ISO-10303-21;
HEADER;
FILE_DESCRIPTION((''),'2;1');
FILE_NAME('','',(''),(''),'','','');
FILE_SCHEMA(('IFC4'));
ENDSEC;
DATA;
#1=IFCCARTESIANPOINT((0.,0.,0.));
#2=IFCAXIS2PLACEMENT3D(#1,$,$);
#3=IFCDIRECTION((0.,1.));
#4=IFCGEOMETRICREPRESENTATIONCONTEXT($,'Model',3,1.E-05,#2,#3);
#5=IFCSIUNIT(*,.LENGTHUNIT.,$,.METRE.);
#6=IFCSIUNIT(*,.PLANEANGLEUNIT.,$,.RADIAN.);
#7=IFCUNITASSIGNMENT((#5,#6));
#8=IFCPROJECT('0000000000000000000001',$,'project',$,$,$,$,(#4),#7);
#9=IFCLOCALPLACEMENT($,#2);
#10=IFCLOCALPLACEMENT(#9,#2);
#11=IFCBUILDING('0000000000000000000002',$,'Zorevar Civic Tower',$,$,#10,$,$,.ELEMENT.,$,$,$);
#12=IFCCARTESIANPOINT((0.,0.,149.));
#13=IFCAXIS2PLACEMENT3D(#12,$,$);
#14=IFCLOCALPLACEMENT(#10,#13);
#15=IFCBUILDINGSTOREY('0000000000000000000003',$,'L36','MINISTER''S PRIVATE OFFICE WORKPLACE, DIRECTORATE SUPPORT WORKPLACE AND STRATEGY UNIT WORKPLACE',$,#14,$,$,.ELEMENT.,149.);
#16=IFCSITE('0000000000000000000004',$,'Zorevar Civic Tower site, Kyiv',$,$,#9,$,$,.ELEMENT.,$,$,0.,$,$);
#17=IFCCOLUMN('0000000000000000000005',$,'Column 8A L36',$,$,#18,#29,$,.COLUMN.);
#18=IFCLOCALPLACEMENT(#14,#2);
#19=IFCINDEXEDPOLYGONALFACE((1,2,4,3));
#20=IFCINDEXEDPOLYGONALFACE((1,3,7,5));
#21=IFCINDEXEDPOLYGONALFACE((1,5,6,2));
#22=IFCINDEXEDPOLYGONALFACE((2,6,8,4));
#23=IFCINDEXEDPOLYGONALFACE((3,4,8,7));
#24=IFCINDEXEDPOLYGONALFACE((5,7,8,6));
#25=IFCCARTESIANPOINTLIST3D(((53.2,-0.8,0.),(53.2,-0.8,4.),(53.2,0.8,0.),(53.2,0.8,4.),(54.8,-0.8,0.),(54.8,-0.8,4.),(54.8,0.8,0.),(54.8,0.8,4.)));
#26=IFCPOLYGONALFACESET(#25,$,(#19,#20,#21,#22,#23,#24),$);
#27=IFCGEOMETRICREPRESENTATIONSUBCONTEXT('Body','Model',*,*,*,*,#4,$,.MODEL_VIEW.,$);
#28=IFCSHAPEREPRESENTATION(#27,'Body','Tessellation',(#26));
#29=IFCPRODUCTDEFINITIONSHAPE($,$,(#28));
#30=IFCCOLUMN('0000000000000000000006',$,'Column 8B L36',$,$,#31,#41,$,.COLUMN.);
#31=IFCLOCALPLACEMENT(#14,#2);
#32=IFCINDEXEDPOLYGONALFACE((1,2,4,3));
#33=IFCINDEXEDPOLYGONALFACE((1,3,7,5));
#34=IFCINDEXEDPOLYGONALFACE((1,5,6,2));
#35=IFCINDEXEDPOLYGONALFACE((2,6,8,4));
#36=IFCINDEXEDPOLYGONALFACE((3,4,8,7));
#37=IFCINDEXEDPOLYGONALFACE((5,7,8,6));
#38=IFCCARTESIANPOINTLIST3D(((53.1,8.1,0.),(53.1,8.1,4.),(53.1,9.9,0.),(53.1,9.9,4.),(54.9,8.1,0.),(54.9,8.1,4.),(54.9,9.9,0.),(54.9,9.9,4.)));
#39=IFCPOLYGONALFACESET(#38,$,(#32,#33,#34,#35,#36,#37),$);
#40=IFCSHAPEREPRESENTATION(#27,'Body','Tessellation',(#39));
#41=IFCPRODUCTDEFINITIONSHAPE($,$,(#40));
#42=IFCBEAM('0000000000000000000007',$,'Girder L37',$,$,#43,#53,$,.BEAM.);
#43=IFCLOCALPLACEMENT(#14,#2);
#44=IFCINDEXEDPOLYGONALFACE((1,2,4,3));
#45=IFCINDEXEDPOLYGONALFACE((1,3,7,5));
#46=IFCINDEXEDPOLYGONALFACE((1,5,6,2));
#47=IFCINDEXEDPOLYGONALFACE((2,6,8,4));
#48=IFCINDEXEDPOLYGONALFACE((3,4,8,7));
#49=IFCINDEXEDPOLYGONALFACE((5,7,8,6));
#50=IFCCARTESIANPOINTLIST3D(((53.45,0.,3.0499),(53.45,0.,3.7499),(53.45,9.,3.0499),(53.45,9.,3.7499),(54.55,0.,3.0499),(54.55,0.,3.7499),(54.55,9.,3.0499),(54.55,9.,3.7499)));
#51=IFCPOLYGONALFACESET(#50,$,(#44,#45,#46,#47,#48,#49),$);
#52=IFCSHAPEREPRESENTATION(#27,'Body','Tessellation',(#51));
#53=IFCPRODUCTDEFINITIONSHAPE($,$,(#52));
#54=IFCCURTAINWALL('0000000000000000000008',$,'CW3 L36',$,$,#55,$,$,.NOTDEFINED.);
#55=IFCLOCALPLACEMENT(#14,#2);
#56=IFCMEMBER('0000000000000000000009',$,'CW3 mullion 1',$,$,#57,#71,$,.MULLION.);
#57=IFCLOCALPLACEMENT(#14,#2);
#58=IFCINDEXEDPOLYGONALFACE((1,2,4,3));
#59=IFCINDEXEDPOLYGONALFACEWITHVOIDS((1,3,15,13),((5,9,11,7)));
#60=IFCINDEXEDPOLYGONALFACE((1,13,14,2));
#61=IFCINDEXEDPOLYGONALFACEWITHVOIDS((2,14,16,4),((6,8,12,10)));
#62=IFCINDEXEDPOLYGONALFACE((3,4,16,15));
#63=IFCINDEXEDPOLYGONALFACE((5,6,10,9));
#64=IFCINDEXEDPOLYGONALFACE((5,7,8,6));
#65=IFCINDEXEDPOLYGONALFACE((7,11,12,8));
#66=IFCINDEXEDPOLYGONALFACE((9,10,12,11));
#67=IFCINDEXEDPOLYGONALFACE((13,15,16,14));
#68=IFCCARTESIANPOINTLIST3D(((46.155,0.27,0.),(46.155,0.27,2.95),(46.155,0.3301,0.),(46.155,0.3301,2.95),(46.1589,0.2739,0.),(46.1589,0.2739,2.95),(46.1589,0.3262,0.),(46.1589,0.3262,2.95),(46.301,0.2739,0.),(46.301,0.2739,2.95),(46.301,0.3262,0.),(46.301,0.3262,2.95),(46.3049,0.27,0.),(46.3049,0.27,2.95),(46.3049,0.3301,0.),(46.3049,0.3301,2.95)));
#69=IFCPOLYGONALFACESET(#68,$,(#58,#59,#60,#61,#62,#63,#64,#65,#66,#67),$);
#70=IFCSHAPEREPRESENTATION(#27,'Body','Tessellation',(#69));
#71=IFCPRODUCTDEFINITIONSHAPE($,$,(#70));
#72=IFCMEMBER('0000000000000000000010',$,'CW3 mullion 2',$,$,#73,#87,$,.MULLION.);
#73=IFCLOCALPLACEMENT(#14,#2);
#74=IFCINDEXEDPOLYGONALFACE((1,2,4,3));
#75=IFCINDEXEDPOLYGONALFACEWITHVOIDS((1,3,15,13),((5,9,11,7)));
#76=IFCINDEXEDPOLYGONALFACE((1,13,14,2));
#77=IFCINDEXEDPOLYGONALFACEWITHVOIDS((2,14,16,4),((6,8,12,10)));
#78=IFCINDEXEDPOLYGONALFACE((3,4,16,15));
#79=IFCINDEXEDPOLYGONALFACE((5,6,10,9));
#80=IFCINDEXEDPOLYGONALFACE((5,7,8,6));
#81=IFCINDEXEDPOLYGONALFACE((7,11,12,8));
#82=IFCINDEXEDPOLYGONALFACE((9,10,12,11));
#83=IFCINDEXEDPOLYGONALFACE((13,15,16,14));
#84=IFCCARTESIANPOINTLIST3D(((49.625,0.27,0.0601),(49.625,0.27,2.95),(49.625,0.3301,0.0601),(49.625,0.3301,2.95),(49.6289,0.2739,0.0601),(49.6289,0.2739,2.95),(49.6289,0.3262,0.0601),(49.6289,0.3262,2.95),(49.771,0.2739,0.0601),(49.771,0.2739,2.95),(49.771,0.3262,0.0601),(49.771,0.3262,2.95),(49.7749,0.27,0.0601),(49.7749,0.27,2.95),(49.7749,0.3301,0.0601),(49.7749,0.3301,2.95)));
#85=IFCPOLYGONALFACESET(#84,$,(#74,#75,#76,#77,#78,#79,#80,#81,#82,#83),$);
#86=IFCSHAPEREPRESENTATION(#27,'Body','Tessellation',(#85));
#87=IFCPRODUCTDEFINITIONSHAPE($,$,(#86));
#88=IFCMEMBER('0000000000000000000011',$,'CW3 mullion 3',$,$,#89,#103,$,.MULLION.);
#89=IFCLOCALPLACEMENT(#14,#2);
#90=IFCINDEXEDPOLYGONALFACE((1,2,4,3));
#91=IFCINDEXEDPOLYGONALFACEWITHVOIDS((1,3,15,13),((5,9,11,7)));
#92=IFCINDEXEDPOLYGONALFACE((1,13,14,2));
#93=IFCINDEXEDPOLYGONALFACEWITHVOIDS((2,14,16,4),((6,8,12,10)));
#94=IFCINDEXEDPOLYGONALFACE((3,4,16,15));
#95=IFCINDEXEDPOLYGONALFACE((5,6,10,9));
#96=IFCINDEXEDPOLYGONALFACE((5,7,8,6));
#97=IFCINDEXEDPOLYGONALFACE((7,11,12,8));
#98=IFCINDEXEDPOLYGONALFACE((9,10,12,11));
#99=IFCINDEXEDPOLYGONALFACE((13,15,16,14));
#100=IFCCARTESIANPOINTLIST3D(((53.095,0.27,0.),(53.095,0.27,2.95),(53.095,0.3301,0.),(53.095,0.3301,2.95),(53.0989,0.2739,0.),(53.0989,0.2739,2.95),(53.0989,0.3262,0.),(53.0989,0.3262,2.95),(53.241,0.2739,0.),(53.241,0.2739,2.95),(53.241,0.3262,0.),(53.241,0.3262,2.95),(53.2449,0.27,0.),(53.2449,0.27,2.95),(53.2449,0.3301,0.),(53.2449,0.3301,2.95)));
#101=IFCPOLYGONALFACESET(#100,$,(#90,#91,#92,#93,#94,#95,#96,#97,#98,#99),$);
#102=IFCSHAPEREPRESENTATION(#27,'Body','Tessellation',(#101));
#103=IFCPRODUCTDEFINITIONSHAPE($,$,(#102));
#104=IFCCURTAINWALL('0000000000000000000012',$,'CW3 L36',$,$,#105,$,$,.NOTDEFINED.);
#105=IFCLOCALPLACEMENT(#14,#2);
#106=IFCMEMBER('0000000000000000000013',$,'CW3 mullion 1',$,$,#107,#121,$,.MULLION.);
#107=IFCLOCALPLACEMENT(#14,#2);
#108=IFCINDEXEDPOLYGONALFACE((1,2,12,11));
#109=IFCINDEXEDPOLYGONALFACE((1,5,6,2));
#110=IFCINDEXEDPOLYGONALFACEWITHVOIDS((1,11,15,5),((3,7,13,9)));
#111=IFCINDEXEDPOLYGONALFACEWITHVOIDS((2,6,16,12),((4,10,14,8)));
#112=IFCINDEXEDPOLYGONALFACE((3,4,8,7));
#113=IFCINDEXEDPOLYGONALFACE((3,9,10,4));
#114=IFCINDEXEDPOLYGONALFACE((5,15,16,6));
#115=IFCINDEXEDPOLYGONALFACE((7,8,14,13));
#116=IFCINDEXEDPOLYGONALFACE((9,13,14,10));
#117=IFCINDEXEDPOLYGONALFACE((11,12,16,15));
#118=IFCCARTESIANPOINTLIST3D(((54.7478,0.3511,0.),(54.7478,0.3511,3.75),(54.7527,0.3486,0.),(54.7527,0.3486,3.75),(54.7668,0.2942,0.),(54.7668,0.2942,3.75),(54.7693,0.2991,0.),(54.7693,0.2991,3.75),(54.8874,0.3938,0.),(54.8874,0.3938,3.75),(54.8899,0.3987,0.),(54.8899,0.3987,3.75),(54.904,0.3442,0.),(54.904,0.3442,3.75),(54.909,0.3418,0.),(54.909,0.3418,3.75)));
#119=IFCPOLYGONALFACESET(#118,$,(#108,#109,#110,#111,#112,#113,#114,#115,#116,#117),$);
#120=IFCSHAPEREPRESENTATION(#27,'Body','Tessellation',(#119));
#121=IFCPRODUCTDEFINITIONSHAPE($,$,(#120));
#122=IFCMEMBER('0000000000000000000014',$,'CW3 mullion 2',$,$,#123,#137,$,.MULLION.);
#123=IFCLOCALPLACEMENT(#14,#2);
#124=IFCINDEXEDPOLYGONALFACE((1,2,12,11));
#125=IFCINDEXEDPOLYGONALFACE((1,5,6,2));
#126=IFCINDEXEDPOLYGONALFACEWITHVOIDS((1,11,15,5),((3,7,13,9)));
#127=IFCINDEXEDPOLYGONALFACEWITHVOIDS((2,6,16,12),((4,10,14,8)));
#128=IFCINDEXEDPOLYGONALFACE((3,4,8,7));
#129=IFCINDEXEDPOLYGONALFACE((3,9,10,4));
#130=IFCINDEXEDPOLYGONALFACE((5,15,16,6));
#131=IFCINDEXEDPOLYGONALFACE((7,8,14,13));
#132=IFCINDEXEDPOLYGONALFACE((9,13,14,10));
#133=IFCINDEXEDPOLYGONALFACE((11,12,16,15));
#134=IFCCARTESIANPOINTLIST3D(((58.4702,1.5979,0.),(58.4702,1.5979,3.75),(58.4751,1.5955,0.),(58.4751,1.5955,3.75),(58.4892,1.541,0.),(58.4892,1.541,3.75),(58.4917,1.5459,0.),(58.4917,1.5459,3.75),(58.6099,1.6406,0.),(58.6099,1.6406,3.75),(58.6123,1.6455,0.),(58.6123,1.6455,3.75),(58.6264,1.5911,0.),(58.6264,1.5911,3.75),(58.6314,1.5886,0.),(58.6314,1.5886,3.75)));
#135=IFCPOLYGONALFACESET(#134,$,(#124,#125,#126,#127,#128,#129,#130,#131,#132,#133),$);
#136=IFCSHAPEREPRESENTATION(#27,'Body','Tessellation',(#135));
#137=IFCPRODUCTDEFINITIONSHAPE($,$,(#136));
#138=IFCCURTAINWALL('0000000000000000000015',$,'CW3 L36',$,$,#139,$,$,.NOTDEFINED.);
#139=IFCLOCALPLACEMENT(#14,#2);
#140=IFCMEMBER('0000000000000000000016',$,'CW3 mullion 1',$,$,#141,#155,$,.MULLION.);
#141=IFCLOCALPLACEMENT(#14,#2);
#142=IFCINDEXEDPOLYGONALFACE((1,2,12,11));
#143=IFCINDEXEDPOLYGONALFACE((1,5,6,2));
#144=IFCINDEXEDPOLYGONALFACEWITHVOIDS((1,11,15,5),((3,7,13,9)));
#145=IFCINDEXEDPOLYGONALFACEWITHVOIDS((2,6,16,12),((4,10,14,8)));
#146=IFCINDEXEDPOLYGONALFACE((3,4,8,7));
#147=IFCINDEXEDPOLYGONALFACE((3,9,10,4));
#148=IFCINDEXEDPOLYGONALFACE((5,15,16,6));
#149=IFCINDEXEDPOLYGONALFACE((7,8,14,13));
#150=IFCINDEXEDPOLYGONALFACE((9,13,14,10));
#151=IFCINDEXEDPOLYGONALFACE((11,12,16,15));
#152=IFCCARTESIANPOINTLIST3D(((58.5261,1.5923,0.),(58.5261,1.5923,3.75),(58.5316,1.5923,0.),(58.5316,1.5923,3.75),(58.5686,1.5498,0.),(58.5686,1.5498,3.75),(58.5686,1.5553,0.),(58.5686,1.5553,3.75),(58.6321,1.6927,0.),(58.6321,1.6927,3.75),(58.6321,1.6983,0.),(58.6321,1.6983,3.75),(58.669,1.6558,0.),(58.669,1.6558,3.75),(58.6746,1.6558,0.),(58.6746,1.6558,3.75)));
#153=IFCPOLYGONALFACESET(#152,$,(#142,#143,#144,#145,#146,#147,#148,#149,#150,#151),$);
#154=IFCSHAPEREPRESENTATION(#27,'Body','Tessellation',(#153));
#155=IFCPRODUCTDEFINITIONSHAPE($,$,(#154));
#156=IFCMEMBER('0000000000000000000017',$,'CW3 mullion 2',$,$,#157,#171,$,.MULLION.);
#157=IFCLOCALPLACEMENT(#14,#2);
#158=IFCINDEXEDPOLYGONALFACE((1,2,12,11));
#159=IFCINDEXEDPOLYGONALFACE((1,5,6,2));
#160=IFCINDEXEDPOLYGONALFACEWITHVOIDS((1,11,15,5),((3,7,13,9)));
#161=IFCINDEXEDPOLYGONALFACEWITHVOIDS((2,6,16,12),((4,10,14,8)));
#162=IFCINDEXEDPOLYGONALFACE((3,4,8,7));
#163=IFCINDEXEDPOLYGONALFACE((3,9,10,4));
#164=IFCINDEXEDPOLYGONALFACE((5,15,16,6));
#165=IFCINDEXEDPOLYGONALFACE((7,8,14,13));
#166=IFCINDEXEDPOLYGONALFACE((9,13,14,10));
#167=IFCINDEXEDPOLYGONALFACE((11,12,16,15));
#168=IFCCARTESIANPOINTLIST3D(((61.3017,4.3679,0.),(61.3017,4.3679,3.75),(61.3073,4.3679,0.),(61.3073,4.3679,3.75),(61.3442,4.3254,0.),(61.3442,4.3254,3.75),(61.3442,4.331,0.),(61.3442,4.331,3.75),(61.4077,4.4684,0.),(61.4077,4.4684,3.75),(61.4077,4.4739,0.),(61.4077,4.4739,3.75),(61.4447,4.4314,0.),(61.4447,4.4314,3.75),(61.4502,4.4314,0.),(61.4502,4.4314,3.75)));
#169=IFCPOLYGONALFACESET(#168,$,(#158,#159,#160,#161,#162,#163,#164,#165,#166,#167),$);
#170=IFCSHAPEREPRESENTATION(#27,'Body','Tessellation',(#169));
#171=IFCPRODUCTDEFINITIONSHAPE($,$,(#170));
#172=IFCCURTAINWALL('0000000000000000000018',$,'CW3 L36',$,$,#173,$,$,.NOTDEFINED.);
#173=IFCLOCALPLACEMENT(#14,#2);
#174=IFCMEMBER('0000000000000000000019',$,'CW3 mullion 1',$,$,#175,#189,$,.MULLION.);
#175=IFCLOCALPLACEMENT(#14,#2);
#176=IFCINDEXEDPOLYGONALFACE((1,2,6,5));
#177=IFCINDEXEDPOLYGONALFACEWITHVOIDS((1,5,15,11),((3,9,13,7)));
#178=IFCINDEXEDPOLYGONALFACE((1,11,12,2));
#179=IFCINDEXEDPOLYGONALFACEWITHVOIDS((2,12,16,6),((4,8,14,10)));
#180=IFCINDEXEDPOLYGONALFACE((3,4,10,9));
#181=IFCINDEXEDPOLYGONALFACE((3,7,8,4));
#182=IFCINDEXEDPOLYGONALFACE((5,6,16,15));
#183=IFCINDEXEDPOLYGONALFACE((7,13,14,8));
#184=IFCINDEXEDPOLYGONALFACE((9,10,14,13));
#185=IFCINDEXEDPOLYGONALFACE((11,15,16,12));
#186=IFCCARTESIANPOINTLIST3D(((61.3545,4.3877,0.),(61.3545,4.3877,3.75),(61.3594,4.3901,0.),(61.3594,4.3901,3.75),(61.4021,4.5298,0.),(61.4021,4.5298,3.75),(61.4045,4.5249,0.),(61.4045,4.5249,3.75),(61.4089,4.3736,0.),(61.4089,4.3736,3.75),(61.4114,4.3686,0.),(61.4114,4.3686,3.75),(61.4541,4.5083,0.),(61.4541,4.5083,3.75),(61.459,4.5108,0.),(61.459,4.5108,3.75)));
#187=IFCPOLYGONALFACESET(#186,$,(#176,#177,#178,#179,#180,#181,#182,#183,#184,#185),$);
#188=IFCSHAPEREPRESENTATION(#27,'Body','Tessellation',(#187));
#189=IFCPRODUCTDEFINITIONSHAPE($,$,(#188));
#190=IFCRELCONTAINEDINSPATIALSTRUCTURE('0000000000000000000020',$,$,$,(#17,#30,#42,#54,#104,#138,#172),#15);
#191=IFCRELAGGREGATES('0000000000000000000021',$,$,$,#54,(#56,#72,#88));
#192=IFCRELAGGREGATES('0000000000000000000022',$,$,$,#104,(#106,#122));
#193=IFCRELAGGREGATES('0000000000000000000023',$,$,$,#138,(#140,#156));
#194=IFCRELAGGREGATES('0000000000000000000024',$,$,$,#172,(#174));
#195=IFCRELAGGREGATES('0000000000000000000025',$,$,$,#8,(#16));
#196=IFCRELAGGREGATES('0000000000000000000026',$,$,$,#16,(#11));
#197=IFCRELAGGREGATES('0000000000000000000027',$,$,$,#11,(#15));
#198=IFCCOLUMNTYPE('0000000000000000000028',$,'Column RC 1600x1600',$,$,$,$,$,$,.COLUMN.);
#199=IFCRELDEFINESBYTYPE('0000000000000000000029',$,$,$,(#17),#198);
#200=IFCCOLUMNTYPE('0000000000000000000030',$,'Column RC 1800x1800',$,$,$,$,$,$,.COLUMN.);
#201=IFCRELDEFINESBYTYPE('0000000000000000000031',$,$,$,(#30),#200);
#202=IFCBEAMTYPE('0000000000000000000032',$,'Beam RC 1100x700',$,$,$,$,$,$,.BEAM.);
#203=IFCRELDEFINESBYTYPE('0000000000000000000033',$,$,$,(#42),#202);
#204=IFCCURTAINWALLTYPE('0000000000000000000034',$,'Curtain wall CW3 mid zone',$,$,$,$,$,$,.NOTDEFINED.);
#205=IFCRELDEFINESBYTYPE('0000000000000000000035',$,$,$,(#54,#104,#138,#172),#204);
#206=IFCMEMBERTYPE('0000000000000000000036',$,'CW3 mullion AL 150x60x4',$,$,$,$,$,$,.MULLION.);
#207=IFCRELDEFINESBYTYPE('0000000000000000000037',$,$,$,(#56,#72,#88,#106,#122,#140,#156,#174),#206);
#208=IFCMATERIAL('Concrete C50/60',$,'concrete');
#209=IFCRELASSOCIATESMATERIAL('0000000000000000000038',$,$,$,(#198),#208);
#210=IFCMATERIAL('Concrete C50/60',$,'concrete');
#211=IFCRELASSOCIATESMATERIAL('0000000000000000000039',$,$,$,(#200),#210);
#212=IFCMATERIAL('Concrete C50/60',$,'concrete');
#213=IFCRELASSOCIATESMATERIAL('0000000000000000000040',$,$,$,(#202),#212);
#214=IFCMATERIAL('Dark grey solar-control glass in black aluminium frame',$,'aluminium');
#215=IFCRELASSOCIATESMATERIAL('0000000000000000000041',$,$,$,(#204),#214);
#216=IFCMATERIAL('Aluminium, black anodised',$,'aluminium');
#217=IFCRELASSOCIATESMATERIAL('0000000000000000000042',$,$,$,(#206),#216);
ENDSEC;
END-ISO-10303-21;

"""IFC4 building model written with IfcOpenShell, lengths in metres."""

from ifc_helpers import new_model, si_unit, direction, frame, origin, origin_2d, place, context, subcontext, project, spatial, rectangle, hollow_rectangle, extrude, material, material_profile, profile_set, type_object, element, aggregate, save


model = new_model("IFC4")

# Units and contexts
model_context = context("Model", 3, precision=1e-05, world=origin(), true_north=direction((0.0, 1.0)))
body_context = subcontext(model_context, "Body", "Model", "MODEL_VIEW")
ifc_project = project(units=[si_unit("LENGTHUNIT", "METRE"), si_unit("PLANEANGLEUNIT", "RADIAN")], contexts=[model_context])

# Site, building, storey
site_placement = place(None, origin())
site = spatial("IfcSite", under=ifc_project, at=site_placement, Name="Zorevar Civic Tower site, Kyiv", CompositionType="ELEMENT", RefElevation=0.0)
building_placement = place(site_placement, origin())
building = spatial("IfcBuilding", under=site, at=building_placement, Name="Zorevar Civic Tower", CompositionType="ELEMENT")
storey_placement = place(building_placement, frame((0.0, 0.0, 149.0)))
storey = spatial("IfcBuildingStorey", under=building, at=storey_placement, Name="L36", Description="MINISTER'S PRIVATE OFFICE WORKPLACE, DIRECTORATE SUPPORT WORKPLACE AND STRATEGY UNIT WORKPLACE", CompositionType="ELEMENT", Elevation=149.0)

# Columns
ifc_material_1 = material(Name="Concrete C50/60", Category="concrete")
ifc_material_profile_1 = material_profile(ifc_material_1, rectangle(XDim=1.6001, YDim=1.6001, at=origin_2d()), Name="RC 1600x1600")
ifc_profile_set_1 = profile_set([ifc_material_profile_1], Name="Concrete C50/60")
column_type_1 = type_object("IfcColumnType", Name="Column RC 1600x1600", PredefinedType="COLUMN", material=ifc_profile_set_1)
column_1_placement = place(storey_placement, frame((54.0, 0.0, 0.0), z_axis=(0.0, 0.0, 1.0), x_axis=(1.0, 0.0, 0.0)))
element("IfcColumn", 1, at=column_1_placement, inside=storey, type_object=column_type_1, Name="Column 8A L36", PredefinedType="COLUMN", context=body_context, shape_type="SweptSolid", body=[
    extrude(rectangle(XDim=1.6001, YDim=1.6001, at=origin_2d()), origin(), (0.0, 0.0, 1.0), 4.0),
])
ifc_material_2 = material(Name="Concrete C50/60", Category="concrete")
ifc_material_profile_2 = material_profile(ifc_material_2, rectangle(XDim=1.8, YDim=1.8, at=origin_2d()), Name="RC 1800x1800")
ifc_profile_set_2 = profile_set([ifc_material_profile_2], Name="Concrete C50/60")
column_type_2 = type_object("IfcColumnType", Name="Column RC 1800x1800", PredefinedType="COLUMN", material=ifc_profile_set_2)
column_2_placement = place(storey_placement, frame((54.0, 9.0, 0.0), z_axis=(0.0, 0.0, 1.0), x_axis=(1.0, 0.0, 0.0)))
element("IfcColumn", 2, at=column_2_placement, inside=storey, type_object=column_type_2, Name="Column 8B L36", PredefinedType="COLUMN", context=body_context, shape_type="SweptSolid", body=[
    extrude(rectangle(XDim=1.8, YDim=1.8, at=origin_2d()), origin(), (0.0, 0.0, 1.0), 4.0),
])

# Beam
ifc_material_3 = material(Name="Concrete C50/60", Category="concrete")
ifc_material_profile_3 = material_profile(ifc_material_3, rectangle(XDim=1.1001, YDim=0.7, at=origin_2d()), Name="RC 1100x700")
ifc_profile_set_3 = profile_set([ifc_material_profile_3], Name="Concrete C50/60")
beam_type_1 = type_object("IfcBeamType", Name="Beam RC 1100x700", PredefinedType="BEAM", material=ifc_profile_set_3)
beam_1_placement = place(storey_placement, frame((54.0, 0.0, 3.3999), z_axis=(0.0, 1.0, 0.0), x_axis=(-1.0, 0.0, 0.0)))
element("IfcBeam", 3, at=beam_1_placement, inside=storey, type_object=beam_type_1, Name="Girder L37", PredefinedType="BEAM", context=body_context, shape_type="SweptSolid", body=[
    extrude(rectangle(XDim=1.1001, YDim=0.7, at=origin_2d()), origin(), (0.0, 0.0, 1.0), 9.0),
])

# Curtain walls, members
ifc_material_4 = material(Name="Dark grey solar-control glass in black aluminium frame", Category="aluminium")
curtain_wall_type = type_object("IfcCurtainWallType", Name="Curtain wall CW3 mid zone", PredefinedType="NOTDEFINED", material=ifc_material_4)
curtain_wall_1_placement = place(storey_placement, origin())
curtain_wall_1 = element("IfcCurtainWall", 4, at=curtain_wall_1_placement, inside=storey, type_object=curtain_wall_type, Name="CW3 L36", PredefinedType="NOTDEFINED")
ifc_material_5 = material(Name="Aluminium, black anodised", Category="aluminium")
ifc_material_profile_4 = material_profile(ifc_material_5, hollow_rectangle(XDim=0.0601, YDim=0.1499, WallThickness=0.0039, at=origin_2d()), Name="AL 150x60x4")
ifc_profile_set_4 = profile_set([ifc_material_profile_4], Name="Aluminium, black anodised")
member_type_1 = type_object("IfcMemberType", Name="CW3 mullion AL 150x60x4", PredefinedType="MULLION", material=ifc_profile_set_4)
member_1_placement = place(storey_placement, frame((46.23, 0.3, 0.0), z_axis=(0.0, 0.0, 1.0), x_axis=(0.0, 1.0, 0.0)))
member_1 = element("IfcMember", 5, at=member_1_placement, type_object=member_type_1, Name="CW3 mullion 1", PredefinedType="MULLION", context=body_context, shape_type="SweptSolid", body=[
    extrude(hollow_rectangle(XDim=0.0601, YDim=0.1499, WallThickness=0.0039, at=origin_2d()), origin(), (0.0, 0.0, 1.0), 2.95),
])
member_2_placement = place(storey_placement, frame((49.7, 0.3, 0.0601), z_axis=(0.0, 0.0, 1.0), x_axis=(0.0, 1.0, 0.0)))
member_2 = element("IfcMember", 6, at=member_2_placement, type_object=member_type_1, Name="CW3 mullion 2", PredefinedType="MULLION", context=body_context, shape_type="SweptSolid", body=[
    extrude(hollow_rectangle(XDim=0.0601, YDim=0.1499, WallThickness=0.0039, at=origin_2d()), origin(), (0.0, 0.0, 1.0), 2.8899),
])
member_3_placement = place(storey_placement, frame((53.1699, 0.3, 0.0), z_axis=(0.0, 0.0, 1.0), x_axis=(0.0, 1.0, 0.0)))
member_3 = element("IfcMember", 7, at=member_3_placement, type_object=member_type_1, Name="CW3 mullion 3", PredefinedType="MULLION", context=body_context, shape_type="SweptSolid", body=[
    extrude(hollow_rectangle(XDim=0.0601, YDim=0.1499, WallThickness=0.0039, at=origin_2d()), origin(), (0.0, 0.0, 1.0), 2.95),
])
curtain_wall_2_placement = place(storey_placement, origin())
curtain_wall_2 = element("IfcCurtainWall", 8, at=curtain_wall_2_placement, inside=storey, type_object=curtain_wall_type, Name="CW3 L36", PredefinedType="NOTDEFINED")
member_4_placement = place(storey_placement, frame((54.8284, 0.3464, 0.0), z_axis=(0.0, 0.0, 1.0), x_axis=(-0.317593, 0.948227, 0.0)))
member_4 = element("IfcMember", 9, at=member_4_placement, type_object=member_type_1, Name="CW3 mullion 1", PredefinedType="MULLION", context=body_context, shape_type="SweptSolid", body=[
    extrude(hollow_rectangle(XDim=0.0601, YDim=0.1499, WallThickness=0.0039, at=origin_2d()), origin(), (0.0, 0.0, 1.0), 3.75),
])
member_5_placement = place(storey_placement, frame((58.5508, 1.5933, 0.0), z_axis=(0.0, 0.0, 1.0), x_axis=(-0.317593, 0.948227, 0.0)))
member_5 = element("IfcMember", 10, at=member_5_placement, type_object=member_type_1, Name="CW3 mullion 2", PredefinedType="MULLION", context=body_context, shape_type="SweptSolid", body=[
    extrude(hollow_rectangle(XDim=0.0601, YDim=0.1499, WallThickness=0.0039, at=origin_2d()), origin(), (0.0, 0.0, 1.0), 3.75),
])
curtain_wall_3_placement = place(storey_placement, origin())
curtain_wall_3 = element("IfcCurtainWall", 11, at=curtain_wall_3_placement, inside=storey, type_object=curtain_wall_type, Name="CW3 L36", PredefinedType="NOTDEFINED")
member_6_placement = place(storey_placement, frame((58.6003, 1.624, 0.0), z_axis=(0.0, 0.0, 1.0), x_axis=(-0.707107, 0.707107, 0.0)))
member_6 = element("IfcMember", 12, at=member_6_placement, type_object=member_type_1, Name="CW3 mullion 1", PredefinedType="MULLION", context=body_context, shape_type="SweptSolid", body=[
    extrude(hollow_rectangle(XDim=0.0601, YDim=0.1499, WallThickness=0.0039, at=origin_2d()), origin(), (0.0, 0.0, 1.0), 3.75),
])
member_7_placement = place(storey_placement, frame((61.376, 4.3997, 0.0), z_axis=(0.0, 0.0, 1.0), x_axis=(-0.707107, 0.707107, 0.0)))
member_7 = element("IfcMember", 13, at=member_7_placement, type_object=member_type_1, Name="CW3 mullion 2", PredefinedType="MULLION", context=body_context, shape_type="SweptSolid", body=[
    extrude(hollow_rectangle(XDim=0.0601, YDim=0.1499, WallThickness=0.0039, at=origin_2d()), origin(), (0.0, 0.0, 1.0), 3.75),
])
curtain_wall_4_placement = place(storey_placement, origin())
curtain_wall_4 = element("IfcCurtainWall", 14, at=curtain_wall_4_placement, inside=storey, type_object=curtain_wall_type, Name="CW3 L36", PredefinedType="NOTDEFINED")
member_8_placement = place(storey_placement, frame((61.4067, 4.4492, 0.0), z_axis=(0.0, 0.0, 1.0), x_axis=(-0.948227, 0.317593, 0.0)))
member_8 = element("IfcMember", 15, at=member_8_placement, type_object=member_type_1, Name="CW3 mullion 1", PredefinedType="MULLION", context=body_context, shape_type="SweptSolid", body=[
    extrude(hollow_rectangle(XDim=0.0601, YDim=0.1499, WallThickness=0.0039, at=origin_2d()), origin(), (0.0, 0.0, 1.0), 3.75),
])

aggregate(curtain_wall_1, [member_1, member_2, member_3])
aggregate(curtain_wall_2, [member_4, member_5])
aggregate(curtain_wall_3, [member_6, member_7])
aggregate(curtain_wall_4, [member_8])

save(model, "model.ifc")
